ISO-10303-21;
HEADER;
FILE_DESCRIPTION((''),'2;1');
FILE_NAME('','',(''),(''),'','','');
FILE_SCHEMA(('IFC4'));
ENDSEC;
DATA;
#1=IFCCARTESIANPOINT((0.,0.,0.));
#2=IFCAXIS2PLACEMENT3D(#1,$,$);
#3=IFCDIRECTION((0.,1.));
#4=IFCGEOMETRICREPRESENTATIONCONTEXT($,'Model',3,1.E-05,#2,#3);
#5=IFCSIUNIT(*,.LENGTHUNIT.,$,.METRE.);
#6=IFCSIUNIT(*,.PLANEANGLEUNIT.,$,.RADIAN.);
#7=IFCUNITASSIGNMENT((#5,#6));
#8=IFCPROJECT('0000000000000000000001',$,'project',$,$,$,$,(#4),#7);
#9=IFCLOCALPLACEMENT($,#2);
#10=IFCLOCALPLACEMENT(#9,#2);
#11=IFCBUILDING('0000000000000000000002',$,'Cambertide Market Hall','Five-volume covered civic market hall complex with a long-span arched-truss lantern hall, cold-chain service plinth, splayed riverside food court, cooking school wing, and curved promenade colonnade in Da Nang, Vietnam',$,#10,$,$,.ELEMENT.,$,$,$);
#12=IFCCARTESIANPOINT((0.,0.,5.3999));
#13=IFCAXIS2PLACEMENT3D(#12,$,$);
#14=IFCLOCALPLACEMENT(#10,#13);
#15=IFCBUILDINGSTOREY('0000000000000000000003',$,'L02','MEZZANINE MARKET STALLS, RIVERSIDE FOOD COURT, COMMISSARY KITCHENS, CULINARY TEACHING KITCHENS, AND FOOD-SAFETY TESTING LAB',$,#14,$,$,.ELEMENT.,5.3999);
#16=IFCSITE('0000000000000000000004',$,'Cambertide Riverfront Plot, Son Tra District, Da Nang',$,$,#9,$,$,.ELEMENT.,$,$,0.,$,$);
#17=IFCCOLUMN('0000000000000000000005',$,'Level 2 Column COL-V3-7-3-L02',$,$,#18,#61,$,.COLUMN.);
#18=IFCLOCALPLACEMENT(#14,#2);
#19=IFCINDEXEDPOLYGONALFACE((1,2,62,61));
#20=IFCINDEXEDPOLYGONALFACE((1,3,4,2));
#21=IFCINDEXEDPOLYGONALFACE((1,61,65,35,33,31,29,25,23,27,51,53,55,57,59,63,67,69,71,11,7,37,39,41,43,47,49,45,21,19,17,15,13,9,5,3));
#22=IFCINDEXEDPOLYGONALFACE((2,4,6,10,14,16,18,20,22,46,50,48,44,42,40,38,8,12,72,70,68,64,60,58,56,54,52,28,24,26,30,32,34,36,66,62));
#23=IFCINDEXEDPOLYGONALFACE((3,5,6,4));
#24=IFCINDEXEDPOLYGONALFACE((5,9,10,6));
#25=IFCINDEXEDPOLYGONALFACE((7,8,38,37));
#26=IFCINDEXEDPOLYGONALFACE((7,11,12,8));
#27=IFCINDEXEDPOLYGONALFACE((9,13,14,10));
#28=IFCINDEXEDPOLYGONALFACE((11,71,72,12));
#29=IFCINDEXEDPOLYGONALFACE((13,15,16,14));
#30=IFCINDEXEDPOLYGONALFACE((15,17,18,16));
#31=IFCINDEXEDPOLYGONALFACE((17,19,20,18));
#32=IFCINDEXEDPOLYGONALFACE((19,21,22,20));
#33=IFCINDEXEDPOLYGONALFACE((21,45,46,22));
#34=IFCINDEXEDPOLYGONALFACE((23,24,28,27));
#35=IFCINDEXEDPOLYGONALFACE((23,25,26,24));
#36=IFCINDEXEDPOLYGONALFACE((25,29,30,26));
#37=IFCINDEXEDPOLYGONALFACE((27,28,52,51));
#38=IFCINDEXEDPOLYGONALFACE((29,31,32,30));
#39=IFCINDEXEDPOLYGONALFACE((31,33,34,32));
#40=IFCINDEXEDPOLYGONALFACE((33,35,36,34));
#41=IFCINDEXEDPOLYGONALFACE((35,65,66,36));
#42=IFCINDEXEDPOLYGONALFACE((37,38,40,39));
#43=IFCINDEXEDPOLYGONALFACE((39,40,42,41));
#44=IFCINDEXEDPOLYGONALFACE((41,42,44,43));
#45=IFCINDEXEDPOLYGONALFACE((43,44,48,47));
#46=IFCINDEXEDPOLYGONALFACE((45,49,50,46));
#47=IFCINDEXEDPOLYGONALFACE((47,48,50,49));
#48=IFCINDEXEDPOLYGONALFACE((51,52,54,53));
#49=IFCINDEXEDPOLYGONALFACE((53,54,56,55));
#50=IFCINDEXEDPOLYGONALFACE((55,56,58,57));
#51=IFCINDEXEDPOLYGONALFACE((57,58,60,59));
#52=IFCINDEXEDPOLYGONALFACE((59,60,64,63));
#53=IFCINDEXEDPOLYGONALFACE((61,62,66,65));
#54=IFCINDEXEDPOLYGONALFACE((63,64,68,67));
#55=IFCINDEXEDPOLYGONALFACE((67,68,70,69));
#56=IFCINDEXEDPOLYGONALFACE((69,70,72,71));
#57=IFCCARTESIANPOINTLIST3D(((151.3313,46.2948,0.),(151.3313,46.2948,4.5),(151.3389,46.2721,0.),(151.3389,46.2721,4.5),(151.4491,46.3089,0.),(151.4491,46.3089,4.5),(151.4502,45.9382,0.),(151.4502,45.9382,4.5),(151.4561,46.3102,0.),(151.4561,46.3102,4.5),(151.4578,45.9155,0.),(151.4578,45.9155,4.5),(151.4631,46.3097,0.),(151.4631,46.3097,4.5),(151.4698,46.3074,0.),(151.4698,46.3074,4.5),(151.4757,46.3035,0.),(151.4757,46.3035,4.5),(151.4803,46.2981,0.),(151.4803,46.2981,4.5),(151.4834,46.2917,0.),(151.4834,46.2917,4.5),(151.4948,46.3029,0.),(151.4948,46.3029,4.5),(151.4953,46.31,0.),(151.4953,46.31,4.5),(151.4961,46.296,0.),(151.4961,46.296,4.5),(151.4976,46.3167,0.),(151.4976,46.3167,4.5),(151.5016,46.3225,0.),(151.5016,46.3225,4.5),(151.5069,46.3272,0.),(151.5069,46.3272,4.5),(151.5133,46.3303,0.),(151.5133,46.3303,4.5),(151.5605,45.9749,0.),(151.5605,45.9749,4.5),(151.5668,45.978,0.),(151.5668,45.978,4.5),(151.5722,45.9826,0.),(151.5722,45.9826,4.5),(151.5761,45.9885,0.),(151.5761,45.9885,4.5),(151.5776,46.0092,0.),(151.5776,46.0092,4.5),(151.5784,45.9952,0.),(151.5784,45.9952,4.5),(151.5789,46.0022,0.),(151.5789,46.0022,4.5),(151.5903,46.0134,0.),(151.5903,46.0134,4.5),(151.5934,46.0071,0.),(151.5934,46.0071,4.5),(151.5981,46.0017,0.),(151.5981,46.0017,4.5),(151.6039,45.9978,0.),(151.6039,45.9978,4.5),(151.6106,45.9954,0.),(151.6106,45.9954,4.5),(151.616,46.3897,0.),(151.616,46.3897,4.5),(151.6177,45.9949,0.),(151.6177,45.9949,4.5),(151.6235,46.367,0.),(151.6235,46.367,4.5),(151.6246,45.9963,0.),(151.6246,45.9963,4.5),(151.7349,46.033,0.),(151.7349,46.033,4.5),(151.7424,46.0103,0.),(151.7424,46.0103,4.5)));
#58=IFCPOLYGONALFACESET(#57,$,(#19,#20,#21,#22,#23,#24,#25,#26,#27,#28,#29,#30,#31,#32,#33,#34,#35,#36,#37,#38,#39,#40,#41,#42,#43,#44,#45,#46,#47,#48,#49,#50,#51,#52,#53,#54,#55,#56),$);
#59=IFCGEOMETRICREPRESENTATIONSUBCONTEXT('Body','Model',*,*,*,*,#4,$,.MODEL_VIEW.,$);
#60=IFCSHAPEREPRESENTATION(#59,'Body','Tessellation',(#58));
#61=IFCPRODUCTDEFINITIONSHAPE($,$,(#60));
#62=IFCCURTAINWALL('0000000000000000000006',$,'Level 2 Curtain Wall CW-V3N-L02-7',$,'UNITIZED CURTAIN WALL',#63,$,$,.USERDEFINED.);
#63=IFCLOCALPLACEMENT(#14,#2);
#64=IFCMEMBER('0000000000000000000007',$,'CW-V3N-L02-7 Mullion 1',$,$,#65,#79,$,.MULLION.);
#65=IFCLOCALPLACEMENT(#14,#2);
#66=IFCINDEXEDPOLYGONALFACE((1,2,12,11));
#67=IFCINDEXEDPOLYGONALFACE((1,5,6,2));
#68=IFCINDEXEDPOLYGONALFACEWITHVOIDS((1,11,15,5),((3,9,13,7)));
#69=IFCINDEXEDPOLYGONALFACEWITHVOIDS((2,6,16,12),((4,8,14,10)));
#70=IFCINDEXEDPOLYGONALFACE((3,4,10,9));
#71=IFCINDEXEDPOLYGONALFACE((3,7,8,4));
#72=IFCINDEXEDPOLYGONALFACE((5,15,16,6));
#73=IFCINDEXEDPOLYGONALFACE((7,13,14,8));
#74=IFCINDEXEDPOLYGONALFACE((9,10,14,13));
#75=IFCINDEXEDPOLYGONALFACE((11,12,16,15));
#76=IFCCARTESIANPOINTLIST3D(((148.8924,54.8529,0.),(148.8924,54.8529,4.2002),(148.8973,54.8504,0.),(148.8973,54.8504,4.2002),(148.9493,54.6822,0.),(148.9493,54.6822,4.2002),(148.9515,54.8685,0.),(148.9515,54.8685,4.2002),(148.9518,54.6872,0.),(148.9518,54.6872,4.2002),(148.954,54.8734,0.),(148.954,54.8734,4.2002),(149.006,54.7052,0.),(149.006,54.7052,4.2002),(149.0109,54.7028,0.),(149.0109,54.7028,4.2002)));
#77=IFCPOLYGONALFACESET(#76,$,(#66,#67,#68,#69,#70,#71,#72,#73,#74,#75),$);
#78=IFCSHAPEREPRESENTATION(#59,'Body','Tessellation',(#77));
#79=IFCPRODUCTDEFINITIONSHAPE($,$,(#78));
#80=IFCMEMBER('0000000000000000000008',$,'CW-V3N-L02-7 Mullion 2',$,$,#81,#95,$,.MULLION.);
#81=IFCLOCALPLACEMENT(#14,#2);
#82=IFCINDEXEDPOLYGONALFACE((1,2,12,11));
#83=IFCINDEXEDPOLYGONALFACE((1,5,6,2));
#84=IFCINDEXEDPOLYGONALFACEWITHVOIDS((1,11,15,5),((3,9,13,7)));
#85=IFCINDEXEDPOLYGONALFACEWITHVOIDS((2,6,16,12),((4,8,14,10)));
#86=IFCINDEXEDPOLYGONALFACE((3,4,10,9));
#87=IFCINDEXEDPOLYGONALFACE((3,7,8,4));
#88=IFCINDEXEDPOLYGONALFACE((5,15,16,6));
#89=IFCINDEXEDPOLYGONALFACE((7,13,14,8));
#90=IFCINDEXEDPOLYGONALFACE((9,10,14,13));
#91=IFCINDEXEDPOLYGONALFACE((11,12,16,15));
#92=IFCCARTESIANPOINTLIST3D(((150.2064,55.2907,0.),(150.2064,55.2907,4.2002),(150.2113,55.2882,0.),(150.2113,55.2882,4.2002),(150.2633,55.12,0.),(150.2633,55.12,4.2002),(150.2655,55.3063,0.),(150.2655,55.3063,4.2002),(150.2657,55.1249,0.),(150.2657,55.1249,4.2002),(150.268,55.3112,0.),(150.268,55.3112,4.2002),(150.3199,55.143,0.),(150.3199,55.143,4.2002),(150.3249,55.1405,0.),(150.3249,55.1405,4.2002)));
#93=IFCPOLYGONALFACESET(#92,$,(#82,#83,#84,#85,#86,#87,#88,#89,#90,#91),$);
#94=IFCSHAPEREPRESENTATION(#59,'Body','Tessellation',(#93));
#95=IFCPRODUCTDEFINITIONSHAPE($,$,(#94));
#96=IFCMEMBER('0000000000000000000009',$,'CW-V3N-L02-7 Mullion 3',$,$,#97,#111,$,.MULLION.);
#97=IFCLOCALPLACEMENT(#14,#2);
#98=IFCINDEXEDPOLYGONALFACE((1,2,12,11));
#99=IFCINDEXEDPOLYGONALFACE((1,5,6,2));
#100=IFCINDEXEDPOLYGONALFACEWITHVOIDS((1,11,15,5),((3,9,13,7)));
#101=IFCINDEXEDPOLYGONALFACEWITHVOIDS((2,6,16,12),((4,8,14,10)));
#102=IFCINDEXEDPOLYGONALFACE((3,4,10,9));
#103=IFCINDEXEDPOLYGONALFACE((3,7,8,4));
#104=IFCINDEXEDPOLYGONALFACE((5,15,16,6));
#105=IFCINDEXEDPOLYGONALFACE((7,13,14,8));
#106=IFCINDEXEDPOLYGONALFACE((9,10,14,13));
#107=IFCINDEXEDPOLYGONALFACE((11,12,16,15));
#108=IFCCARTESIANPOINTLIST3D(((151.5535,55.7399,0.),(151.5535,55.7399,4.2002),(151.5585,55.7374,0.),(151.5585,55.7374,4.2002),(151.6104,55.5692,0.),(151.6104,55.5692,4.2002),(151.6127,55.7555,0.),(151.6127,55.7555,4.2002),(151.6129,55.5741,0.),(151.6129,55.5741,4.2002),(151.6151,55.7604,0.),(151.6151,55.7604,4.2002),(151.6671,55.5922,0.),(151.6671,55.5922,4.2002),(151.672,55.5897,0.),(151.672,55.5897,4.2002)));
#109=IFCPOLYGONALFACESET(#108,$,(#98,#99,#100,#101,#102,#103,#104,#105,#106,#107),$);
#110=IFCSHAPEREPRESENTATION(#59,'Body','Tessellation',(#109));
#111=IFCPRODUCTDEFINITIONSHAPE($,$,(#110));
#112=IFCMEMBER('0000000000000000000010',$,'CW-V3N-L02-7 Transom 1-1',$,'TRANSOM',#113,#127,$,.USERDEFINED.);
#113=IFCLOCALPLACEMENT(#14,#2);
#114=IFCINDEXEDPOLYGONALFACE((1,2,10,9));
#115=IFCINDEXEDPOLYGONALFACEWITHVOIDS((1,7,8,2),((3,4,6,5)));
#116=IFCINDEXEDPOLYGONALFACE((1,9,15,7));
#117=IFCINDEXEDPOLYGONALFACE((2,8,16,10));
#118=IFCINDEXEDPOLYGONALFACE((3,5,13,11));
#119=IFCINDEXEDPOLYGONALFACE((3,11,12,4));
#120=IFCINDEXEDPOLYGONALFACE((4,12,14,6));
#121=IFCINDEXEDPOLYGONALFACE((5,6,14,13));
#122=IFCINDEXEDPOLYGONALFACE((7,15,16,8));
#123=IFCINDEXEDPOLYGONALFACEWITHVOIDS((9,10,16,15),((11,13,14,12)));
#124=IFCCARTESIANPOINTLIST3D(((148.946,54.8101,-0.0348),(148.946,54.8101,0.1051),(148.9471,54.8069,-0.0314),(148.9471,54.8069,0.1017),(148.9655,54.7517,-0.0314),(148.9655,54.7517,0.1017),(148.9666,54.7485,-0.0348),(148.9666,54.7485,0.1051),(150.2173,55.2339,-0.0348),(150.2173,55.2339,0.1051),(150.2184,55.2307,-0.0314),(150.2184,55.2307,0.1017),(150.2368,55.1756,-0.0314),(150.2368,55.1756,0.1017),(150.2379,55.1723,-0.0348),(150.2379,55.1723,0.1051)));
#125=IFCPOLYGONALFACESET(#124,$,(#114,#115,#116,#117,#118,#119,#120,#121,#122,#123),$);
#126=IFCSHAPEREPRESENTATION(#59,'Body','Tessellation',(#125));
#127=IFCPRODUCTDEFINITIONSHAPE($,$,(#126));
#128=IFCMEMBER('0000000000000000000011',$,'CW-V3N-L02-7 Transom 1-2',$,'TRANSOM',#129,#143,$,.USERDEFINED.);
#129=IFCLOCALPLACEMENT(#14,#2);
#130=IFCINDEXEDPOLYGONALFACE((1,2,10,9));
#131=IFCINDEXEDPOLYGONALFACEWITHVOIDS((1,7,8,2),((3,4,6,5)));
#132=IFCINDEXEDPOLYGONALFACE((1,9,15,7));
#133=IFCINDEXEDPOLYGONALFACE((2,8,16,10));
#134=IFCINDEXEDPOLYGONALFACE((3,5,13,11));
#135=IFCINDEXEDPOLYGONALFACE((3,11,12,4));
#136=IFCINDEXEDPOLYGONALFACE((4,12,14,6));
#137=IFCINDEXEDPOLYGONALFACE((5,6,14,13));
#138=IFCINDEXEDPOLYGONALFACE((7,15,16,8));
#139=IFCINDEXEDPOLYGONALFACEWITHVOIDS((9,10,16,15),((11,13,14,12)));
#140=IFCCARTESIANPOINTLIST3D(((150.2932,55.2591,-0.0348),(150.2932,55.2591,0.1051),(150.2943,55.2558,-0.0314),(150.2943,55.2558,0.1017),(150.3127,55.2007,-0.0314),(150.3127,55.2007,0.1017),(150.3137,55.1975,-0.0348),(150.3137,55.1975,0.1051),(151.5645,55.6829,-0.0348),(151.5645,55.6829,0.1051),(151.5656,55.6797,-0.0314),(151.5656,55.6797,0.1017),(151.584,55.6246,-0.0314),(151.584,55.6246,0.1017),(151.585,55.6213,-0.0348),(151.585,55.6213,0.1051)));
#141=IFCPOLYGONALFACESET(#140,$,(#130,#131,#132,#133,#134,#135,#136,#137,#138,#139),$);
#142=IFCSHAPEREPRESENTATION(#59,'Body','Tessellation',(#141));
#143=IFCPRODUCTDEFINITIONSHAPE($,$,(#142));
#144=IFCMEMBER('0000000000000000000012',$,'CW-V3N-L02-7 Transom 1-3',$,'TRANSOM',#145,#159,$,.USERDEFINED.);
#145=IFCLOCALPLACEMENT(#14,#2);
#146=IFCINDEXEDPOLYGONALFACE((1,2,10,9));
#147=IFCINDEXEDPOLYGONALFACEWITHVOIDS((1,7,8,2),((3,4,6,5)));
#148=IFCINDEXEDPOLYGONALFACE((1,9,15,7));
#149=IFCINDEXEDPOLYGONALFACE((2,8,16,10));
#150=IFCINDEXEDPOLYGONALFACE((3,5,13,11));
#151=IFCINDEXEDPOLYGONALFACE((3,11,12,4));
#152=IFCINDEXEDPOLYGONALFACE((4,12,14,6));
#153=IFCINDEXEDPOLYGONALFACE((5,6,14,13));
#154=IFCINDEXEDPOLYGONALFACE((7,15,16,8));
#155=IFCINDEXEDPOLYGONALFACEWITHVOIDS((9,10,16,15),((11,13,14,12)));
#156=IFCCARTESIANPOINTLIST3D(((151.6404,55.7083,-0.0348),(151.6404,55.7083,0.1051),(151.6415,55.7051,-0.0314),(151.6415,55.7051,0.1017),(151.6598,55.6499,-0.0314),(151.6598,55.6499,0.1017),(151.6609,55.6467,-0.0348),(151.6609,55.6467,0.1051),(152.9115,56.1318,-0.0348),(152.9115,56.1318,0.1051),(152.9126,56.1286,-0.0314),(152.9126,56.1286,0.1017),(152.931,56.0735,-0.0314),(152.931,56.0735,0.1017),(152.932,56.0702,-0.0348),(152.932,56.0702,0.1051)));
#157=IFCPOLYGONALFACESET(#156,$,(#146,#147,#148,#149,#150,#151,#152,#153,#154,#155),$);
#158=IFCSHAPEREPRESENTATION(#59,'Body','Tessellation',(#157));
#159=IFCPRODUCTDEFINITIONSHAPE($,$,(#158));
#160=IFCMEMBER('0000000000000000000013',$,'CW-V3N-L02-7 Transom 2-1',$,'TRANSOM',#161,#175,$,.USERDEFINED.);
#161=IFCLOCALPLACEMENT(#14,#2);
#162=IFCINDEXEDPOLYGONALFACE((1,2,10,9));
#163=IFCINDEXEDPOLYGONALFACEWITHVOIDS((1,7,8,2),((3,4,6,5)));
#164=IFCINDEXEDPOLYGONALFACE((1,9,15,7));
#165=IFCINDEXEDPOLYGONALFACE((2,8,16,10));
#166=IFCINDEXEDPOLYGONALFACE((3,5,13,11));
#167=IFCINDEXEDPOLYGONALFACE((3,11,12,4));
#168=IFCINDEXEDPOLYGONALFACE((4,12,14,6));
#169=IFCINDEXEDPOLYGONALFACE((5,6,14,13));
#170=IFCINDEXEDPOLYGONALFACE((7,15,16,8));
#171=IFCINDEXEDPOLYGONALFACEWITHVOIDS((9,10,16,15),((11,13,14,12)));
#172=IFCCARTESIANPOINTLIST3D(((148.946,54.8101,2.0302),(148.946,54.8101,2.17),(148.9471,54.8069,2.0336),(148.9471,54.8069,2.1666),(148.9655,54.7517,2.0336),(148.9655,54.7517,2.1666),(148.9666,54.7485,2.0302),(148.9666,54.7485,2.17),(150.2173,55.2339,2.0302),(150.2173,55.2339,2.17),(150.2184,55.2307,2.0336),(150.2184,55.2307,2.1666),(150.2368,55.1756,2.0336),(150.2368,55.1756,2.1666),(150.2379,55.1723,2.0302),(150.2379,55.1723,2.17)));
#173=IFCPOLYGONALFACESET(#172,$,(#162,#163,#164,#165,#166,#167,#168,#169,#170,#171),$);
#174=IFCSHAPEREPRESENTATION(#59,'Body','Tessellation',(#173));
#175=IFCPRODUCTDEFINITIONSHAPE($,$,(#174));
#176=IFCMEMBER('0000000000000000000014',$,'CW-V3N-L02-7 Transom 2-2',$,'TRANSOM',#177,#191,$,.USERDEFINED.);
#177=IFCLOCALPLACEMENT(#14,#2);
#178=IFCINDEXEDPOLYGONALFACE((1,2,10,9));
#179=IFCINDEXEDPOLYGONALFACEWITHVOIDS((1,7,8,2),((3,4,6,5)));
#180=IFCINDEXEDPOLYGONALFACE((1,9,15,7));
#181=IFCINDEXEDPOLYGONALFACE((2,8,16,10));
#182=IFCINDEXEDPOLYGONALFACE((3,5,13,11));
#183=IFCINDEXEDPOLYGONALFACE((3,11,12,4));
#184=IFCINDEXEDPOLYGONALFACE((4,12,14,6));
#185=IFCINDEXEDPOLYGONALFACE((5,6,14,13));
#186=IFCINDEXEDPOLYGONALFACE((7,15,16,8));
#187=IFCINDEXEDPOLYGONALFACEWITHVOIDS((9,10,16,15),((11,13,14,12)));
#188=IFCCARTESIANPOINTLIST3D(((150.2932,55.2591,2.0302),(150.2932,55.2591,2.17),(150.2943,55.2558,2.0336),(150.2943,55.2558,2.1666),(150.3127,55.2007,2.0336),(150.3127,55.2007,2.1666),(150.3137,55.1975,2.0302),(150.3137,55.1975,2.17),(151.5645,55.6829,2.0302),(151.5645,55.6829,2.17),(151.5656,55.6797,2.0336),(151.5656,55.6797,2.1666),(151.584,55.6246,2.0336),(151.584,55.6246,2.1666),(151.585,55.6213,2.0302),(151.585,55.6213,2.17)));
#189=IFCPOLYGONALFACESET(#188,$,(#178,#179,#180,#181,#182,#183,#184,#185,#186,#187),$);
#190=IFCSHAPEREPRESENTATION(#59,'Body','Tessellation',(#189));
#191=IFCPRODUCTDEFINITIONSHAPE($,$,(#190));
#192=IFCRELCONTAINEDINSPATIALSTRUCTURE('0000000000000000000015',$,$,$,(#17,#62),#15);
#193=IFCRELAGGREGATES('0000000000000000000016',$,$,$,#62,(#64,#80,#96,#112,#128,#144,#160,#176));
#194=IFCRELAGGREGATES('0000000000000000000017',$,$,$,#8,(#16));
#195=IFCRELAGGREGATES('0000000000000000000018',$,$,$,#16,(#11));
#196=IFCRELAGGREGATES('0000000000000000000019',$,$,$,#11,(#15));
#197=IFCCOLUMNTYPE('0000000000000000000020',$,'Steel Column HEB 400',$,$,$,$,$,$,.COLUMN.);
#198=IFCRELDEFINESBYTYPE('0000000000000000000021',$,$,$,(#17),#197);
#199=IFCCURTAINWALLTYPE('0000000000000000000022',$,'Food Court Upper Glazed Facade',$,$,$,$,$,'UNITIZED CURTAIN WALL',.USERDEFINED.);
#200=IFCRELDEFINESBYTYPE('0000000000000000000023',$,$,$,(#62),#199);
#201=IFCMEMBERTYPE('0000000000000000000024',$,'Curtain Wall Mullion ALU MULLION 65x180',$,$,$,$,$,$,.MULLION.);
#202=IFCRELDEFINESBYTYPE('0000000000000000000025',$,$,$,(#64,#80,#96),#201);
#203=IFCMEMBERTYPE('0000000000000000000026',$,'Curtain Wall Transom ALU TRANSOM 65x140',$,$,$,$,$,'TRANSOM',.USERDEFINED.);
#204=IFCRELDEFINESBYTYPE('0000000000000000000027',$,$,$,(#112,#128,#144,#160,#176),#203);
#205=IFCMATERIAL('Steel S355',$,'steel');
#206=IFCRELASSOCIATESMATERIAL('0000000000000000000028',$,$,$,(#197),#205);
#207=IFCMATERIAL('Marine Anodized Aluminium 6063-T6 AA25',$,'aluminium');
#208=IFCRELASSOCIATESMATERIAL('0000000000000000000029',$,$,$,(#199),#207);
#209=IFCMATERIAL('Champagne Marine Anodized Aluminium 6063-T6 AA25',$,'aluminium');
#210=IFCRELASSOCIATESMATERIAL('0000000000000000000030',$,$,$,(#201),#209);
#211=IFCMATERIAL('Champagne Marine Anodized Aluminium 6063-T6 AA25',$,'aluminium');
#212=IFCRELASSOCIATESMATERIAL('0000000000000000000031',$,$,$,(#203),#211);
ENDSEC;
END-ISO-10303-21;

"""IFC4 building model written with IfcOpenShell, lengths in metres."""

from ifc_helpers import new_model, si_unit, direction, frame, origin, origin_2d, place, context, subcontext, project, spatial, hollow_rectangle, i_section, extrude, material, material_profile, profile_set, type_object, element, aggregate, save


model = new_model("IFC4")

# Units and contexts
model_context = context("Model", 3, precision=1e-05, world=origin(), true_north=direction((0.0, 1.0)))
body_context = subcontext(model_context, "Body", "Model", "MODEL_VIEW")
ifc_project = project(units=[si_unit("LENGTHUNIT", "METRE"), si_unit("PLANEANGLEUNIT", "RADIAN")], contexts=[model_context])

# Site, building, storey
site_placement = place(None, origin())
site = spatial("IfcSite", under=ifc_project, at=site_placement, Name="Cambertide Riverfront Plot, Son Tra District, Da Nang", CompositionType="ELEMENT", RefElevation=0.0)
building_placement = place(site_placement, origin())
building = spatial("IfcBuilding", under=site, at=building_placement, Name="Cambertide Market Hall", Description="Five-volume covered civic market hall complex with a long-span arched-truss lantern hall, cold-chain service plinth, splayed riverside food court, cooking school wing, and curved promenade colonnade in Da Nang, Vietnam", CompositionType="ELEMENT")
storey_placement = place(building_placement, frame((0.0, 0.0, 5.3999)))
storey = spatial("IfcBuildingStorey", under=building, at=storey_placement, Name="L02", Description="MEZZANINE MARKET STALLS, RIVERSIDE FOOD COURT, COMMISSARY KITCHENS, CULINARY TEACHING KITCHENS, AND FOOD-SAFETY TESTING LAB", CompositionType="ELEMENT", Elevation=5.3999)

# Column
ifc_material_1 = material(Name="Steel S355", Category="steel")
ifc_material_profile_1 = material_profile(ifc_material_1, i_section(OverallWidth=0.3, OverallDepth=0.3999, WebThickness=0.0134, FlangeThickness=0.0239, FilletRadius=0.0271, at=origin_2d()), Name="HEB 400")
ifc_profile_set_1 = profile_set([ifc_material_profile_1], Name="Steel S355")
column_type = type_object("IfcColumnType", Name="Steel Column HEB 400", PredefinedType="COLUMN", material=ifc_profile_set_1)
column_placement = place(storey_placement, frame((151.5369, 46.1526, 0.0), z_axis=(0.0, 0.0, 1.0), x_axis=(0.948683, 0.316228, 0.0)))
element("IfcColumn", 1, at=column_placement, inside=storey, type_object=column_type, Name="Level 2 Column COL-V3-7-3-L02", PredefinedType="COLUMN", context=body_context, shape_type="SweptSolid", body=[
    extrude(i_section(OverallWidth=0.3, OverallDepth=0.3999, WebThickness=0.0134, FlangeThickness=0.0239, FilletRadius=0.0271, at=origin_2d()), origin(), (0.0, 0.0, 1.0), 4.5),
])

# Curtain wall, members
ifc_material_2 = material(Name="Marine Anodized Aluminium 6063-T6 AA25", Category="aluminium")
curtain_wall_type = type_object("IfcCurtainWallType", Name="Food Court Upper Glazed Facade", ElementType="UNITIZED CURTAIN WALL", PredefinedType="USERDEFINED", material=ifc_material_2)
curtain_wall_placement = place(storey_placement, origin())
curtain_wall = element("IfcCurtainWall", 2, at=curtain_wall_placement, inside=storey, type_object=curtain_wall_type, Name="Level 2 Curtain Wall CW-V3N-L02-7", ObjectType="UNITIZED CURTAIN WALL", PredefinedType="USERDEFINED")
ifc_material_3 = material(Name="Champagne Marine Anodized Aluminium 6063-T6 AA25", Category="aluminium")
ifc_material_profile_2 = material_profile(ifc_material_3, hollow_rectangle(XDim=0.0649, YDim=0.1799, WallThickness=0.0039, at=origin_2d()), Name="ALU MULLION 65x180")
ifc_profile_set_2 = profile_set([ifc_material_profile_2], Name="Champagne Marine Anodized Aluminium 6063-T6 AA25")
member_type_1 = type_object("IfcMemberType", Name="Curtain Wall Mullion ALU MULLION 65x180", PredefinedType="MULLION", material=ifc_profile_set_2)
member_1_placement = place(storey_placement, frame((148.9517, 54.7778, 0.0), z_axis=(0.0, 0.0, 1.0), x_axis=(0.948683, 0.316228, 0.0)))
member_1 = element("IfcMember", 3, at=member_1_placement, type_object=member_type_1, Name="CW-V3N-L02-7 Mullion 1", PredefinedType="MULLION", context=body_context, shape_type="SweptSolid", body=[
    extrude(hollow_rectangle(XDim=0.0649, YDim=0.1799, WallThickness=0.0039, at=origin_2d()), origin(), (0.0, 0.0, 1.0), 4.2002),
])
member_2_placement = place(storey_placement, frame((150.2656, 55.2156, 0.0), z_axis=(0.0, 0.0, 1.0), x_axis=(0.948683, 0.316228, 0.0)))
member_2 = element("IfcMember", 4, at=member_2_placement, type_object=member_type_1, Name="CW-V3N-L02-7 Mullion 2", PredefinedType="MULLION", context=body_context, shape_type="SweptSolid", body=[
    extrude(hollow_rectangle(XDim=0.0649, YDim=0.1799, WallThickness=0.0039, at=origin_2d()), origin(), (0.0, 0.0, 1.0), 4.2002),
])
member_3_placement = place(storey_placement, frame((151.6128, 55.6648, 0.0), z_axis=(0.0, 0.0, 1.0), x_axis=(0.948683, 0.316228, 0.0)))
member_3 = element("IfcMember", 5, at=member_3_placement, type_object=member_type_1, Name="CW-V3N-L02-7 Mullion 3", PredefinedType="MULLION", context=body_context, shape_type="SweptSolid", body=[
    extrude(hollow_rectangle(XDim=0.0649, YDim=0.1799, WallThickness=0.0039, at=origin_2d()), origin(), (0.0, 0.0, 1.0), 4.2002),
])
ifc_material_4 = material(Name="Champagne Marine Anodized Aluminium 6063-T6 AA25", Category="aluminium")
ifc_material_profile_3 = material_profile(ifc_material_4, hollow_rectangle(XDim=0.0649, YDim=0.1399, WallThickness=0.0034, at=origin_2d()), Name="ALU TRANSOM 65x140")
ifc_profile_set_3 = profile_set([ifc_material_profile_3], Name="Champagne Marine Anodized Aluminium 6063-T6 AA25")
member_type_2 = type_object("IfcMemberType", Name="Curtain Wall Transom ALU TRANSOM 65x140", ElementType="TRANSOM", PredefinedType="USERDEFINED", material=ifc_profile_set_3)
member_4_placement = place(storey_placement, frame((148.9563, 54.7793, 0.0352), z_axis=(0.948665, 0.316282, 0.0), x_axis=(-0.316282, 0.948665, 0.0)))
member_4 = element("IfcMember", 6, at=member_4_placement, type_object=member_type_2, Name="CW-V3N-L02-7 Transom 1-1", ObjectType="TRANSOM", PredefinedType="USERDEFINED", context=body_context, shape_type="SweptSolid", body=[
    extrude(hollow_rectangle(XDim=0.0649, YDim=0.1399, WallThickness=0.0034, at=origin_2d()), origin(), (0.0, 0.0, 1.0), 1.3401),
])
member_5_placement = place(storey_placement, frame((150.3035, 55.2283, 0.0352), z_axis=(0.948665, 0.316282, 0.0), x_axis=(-0.316282, 0.948665, 0.0)))
member_5 = element("IfcMember", 7, at=member_5_placement, type_object=member_type_2, Name="CW-V3N-L02-7 Transom 1-2", ObjectType="TRANSOM", PredefinedType="USERDEFINED", context=body_context, shape_type="SweptSolid", body=[
    extrude(hollow_rectangle(XDim=0.0649, YDim=0.1399, WallThickness=0.0034, at=origin_2d()), origin(), (0.0, 0.0, 1.0), 1.3401),
])
member_6_placement = place(storey_placement, frame((151.6506, 55.6775, 0.0352), z_axis=(0.94872, 0.316118, 0.0), x_axis=(-0.316118, 0.94872, 0.0)))
member_6 = element("IfcMember", 8, at=member_6_placement, type_object=member_type_2, Name="CW-V3N-L02-7 Transom 1-3", ObjectType="TRANSOM", PredefinedType="USERDEFINED", context=body_context, shape_type="SweptSolid", body=[
    extrude(hollow_rectangle(XDim=0.0649, YDim=0.1399, WallThickness=0.0034, at=origin_2d()), origin(), (0.0, 0.0, 1.0), 1.3398),
])
member_7_placement = place(storey_placement, frame((148.9563, 54.7793, 2.1001), z_axis=(0.948665, 0.316282, 0.0), x_axis=(-0.316282, 0.948665, 0.0)))
member_7 = element("IfcMember", 9, at=member_7_placement, type_object=member_type_2, Name="CW-V3N-L02-7 Transom 2-1", ObjectType="TRANSOM", PredefinedType="USERDEFINED", context=body_context, shape_type="SweptSolid", body=[
    extrude(hollow_rectangle(XDim=0.0649, YDim=0.1399, WallThickness=0.0034, at=origin_2d()), origin(), (0.0, 0.0, 1.0), 1.3401),
])
member_8_placement = place(storey_placement, frame((150.3035, 55.2283, 2.1001), z_axis=(0.948665, 0.316282, 0.0), x_axis=(-0.316282, 0.948665, 0.0)))
member_8 = element("IfcMember", 10, at=member_8_placement, type_object=member_type_2, Name="CW-V3N-L02-7 Transom 2-2", ObjectType="TRANSOM", PredefinedType="USERDEFINED", context=body_context, shape_type="SweptSolid", body=[
    extrude(hollow_rectangle(XDim=0.0649, YDim=0.1399, WallThickness=0.0034, at=origin_2d()), origin(), (0.0, 0.0, 1.0), 1.3401),
])

aggregate(curtain_wall, [member_1, member_2, member_3, member_4, member_5, member_6, member_7, member_8])

save(model, "model.ifc")
